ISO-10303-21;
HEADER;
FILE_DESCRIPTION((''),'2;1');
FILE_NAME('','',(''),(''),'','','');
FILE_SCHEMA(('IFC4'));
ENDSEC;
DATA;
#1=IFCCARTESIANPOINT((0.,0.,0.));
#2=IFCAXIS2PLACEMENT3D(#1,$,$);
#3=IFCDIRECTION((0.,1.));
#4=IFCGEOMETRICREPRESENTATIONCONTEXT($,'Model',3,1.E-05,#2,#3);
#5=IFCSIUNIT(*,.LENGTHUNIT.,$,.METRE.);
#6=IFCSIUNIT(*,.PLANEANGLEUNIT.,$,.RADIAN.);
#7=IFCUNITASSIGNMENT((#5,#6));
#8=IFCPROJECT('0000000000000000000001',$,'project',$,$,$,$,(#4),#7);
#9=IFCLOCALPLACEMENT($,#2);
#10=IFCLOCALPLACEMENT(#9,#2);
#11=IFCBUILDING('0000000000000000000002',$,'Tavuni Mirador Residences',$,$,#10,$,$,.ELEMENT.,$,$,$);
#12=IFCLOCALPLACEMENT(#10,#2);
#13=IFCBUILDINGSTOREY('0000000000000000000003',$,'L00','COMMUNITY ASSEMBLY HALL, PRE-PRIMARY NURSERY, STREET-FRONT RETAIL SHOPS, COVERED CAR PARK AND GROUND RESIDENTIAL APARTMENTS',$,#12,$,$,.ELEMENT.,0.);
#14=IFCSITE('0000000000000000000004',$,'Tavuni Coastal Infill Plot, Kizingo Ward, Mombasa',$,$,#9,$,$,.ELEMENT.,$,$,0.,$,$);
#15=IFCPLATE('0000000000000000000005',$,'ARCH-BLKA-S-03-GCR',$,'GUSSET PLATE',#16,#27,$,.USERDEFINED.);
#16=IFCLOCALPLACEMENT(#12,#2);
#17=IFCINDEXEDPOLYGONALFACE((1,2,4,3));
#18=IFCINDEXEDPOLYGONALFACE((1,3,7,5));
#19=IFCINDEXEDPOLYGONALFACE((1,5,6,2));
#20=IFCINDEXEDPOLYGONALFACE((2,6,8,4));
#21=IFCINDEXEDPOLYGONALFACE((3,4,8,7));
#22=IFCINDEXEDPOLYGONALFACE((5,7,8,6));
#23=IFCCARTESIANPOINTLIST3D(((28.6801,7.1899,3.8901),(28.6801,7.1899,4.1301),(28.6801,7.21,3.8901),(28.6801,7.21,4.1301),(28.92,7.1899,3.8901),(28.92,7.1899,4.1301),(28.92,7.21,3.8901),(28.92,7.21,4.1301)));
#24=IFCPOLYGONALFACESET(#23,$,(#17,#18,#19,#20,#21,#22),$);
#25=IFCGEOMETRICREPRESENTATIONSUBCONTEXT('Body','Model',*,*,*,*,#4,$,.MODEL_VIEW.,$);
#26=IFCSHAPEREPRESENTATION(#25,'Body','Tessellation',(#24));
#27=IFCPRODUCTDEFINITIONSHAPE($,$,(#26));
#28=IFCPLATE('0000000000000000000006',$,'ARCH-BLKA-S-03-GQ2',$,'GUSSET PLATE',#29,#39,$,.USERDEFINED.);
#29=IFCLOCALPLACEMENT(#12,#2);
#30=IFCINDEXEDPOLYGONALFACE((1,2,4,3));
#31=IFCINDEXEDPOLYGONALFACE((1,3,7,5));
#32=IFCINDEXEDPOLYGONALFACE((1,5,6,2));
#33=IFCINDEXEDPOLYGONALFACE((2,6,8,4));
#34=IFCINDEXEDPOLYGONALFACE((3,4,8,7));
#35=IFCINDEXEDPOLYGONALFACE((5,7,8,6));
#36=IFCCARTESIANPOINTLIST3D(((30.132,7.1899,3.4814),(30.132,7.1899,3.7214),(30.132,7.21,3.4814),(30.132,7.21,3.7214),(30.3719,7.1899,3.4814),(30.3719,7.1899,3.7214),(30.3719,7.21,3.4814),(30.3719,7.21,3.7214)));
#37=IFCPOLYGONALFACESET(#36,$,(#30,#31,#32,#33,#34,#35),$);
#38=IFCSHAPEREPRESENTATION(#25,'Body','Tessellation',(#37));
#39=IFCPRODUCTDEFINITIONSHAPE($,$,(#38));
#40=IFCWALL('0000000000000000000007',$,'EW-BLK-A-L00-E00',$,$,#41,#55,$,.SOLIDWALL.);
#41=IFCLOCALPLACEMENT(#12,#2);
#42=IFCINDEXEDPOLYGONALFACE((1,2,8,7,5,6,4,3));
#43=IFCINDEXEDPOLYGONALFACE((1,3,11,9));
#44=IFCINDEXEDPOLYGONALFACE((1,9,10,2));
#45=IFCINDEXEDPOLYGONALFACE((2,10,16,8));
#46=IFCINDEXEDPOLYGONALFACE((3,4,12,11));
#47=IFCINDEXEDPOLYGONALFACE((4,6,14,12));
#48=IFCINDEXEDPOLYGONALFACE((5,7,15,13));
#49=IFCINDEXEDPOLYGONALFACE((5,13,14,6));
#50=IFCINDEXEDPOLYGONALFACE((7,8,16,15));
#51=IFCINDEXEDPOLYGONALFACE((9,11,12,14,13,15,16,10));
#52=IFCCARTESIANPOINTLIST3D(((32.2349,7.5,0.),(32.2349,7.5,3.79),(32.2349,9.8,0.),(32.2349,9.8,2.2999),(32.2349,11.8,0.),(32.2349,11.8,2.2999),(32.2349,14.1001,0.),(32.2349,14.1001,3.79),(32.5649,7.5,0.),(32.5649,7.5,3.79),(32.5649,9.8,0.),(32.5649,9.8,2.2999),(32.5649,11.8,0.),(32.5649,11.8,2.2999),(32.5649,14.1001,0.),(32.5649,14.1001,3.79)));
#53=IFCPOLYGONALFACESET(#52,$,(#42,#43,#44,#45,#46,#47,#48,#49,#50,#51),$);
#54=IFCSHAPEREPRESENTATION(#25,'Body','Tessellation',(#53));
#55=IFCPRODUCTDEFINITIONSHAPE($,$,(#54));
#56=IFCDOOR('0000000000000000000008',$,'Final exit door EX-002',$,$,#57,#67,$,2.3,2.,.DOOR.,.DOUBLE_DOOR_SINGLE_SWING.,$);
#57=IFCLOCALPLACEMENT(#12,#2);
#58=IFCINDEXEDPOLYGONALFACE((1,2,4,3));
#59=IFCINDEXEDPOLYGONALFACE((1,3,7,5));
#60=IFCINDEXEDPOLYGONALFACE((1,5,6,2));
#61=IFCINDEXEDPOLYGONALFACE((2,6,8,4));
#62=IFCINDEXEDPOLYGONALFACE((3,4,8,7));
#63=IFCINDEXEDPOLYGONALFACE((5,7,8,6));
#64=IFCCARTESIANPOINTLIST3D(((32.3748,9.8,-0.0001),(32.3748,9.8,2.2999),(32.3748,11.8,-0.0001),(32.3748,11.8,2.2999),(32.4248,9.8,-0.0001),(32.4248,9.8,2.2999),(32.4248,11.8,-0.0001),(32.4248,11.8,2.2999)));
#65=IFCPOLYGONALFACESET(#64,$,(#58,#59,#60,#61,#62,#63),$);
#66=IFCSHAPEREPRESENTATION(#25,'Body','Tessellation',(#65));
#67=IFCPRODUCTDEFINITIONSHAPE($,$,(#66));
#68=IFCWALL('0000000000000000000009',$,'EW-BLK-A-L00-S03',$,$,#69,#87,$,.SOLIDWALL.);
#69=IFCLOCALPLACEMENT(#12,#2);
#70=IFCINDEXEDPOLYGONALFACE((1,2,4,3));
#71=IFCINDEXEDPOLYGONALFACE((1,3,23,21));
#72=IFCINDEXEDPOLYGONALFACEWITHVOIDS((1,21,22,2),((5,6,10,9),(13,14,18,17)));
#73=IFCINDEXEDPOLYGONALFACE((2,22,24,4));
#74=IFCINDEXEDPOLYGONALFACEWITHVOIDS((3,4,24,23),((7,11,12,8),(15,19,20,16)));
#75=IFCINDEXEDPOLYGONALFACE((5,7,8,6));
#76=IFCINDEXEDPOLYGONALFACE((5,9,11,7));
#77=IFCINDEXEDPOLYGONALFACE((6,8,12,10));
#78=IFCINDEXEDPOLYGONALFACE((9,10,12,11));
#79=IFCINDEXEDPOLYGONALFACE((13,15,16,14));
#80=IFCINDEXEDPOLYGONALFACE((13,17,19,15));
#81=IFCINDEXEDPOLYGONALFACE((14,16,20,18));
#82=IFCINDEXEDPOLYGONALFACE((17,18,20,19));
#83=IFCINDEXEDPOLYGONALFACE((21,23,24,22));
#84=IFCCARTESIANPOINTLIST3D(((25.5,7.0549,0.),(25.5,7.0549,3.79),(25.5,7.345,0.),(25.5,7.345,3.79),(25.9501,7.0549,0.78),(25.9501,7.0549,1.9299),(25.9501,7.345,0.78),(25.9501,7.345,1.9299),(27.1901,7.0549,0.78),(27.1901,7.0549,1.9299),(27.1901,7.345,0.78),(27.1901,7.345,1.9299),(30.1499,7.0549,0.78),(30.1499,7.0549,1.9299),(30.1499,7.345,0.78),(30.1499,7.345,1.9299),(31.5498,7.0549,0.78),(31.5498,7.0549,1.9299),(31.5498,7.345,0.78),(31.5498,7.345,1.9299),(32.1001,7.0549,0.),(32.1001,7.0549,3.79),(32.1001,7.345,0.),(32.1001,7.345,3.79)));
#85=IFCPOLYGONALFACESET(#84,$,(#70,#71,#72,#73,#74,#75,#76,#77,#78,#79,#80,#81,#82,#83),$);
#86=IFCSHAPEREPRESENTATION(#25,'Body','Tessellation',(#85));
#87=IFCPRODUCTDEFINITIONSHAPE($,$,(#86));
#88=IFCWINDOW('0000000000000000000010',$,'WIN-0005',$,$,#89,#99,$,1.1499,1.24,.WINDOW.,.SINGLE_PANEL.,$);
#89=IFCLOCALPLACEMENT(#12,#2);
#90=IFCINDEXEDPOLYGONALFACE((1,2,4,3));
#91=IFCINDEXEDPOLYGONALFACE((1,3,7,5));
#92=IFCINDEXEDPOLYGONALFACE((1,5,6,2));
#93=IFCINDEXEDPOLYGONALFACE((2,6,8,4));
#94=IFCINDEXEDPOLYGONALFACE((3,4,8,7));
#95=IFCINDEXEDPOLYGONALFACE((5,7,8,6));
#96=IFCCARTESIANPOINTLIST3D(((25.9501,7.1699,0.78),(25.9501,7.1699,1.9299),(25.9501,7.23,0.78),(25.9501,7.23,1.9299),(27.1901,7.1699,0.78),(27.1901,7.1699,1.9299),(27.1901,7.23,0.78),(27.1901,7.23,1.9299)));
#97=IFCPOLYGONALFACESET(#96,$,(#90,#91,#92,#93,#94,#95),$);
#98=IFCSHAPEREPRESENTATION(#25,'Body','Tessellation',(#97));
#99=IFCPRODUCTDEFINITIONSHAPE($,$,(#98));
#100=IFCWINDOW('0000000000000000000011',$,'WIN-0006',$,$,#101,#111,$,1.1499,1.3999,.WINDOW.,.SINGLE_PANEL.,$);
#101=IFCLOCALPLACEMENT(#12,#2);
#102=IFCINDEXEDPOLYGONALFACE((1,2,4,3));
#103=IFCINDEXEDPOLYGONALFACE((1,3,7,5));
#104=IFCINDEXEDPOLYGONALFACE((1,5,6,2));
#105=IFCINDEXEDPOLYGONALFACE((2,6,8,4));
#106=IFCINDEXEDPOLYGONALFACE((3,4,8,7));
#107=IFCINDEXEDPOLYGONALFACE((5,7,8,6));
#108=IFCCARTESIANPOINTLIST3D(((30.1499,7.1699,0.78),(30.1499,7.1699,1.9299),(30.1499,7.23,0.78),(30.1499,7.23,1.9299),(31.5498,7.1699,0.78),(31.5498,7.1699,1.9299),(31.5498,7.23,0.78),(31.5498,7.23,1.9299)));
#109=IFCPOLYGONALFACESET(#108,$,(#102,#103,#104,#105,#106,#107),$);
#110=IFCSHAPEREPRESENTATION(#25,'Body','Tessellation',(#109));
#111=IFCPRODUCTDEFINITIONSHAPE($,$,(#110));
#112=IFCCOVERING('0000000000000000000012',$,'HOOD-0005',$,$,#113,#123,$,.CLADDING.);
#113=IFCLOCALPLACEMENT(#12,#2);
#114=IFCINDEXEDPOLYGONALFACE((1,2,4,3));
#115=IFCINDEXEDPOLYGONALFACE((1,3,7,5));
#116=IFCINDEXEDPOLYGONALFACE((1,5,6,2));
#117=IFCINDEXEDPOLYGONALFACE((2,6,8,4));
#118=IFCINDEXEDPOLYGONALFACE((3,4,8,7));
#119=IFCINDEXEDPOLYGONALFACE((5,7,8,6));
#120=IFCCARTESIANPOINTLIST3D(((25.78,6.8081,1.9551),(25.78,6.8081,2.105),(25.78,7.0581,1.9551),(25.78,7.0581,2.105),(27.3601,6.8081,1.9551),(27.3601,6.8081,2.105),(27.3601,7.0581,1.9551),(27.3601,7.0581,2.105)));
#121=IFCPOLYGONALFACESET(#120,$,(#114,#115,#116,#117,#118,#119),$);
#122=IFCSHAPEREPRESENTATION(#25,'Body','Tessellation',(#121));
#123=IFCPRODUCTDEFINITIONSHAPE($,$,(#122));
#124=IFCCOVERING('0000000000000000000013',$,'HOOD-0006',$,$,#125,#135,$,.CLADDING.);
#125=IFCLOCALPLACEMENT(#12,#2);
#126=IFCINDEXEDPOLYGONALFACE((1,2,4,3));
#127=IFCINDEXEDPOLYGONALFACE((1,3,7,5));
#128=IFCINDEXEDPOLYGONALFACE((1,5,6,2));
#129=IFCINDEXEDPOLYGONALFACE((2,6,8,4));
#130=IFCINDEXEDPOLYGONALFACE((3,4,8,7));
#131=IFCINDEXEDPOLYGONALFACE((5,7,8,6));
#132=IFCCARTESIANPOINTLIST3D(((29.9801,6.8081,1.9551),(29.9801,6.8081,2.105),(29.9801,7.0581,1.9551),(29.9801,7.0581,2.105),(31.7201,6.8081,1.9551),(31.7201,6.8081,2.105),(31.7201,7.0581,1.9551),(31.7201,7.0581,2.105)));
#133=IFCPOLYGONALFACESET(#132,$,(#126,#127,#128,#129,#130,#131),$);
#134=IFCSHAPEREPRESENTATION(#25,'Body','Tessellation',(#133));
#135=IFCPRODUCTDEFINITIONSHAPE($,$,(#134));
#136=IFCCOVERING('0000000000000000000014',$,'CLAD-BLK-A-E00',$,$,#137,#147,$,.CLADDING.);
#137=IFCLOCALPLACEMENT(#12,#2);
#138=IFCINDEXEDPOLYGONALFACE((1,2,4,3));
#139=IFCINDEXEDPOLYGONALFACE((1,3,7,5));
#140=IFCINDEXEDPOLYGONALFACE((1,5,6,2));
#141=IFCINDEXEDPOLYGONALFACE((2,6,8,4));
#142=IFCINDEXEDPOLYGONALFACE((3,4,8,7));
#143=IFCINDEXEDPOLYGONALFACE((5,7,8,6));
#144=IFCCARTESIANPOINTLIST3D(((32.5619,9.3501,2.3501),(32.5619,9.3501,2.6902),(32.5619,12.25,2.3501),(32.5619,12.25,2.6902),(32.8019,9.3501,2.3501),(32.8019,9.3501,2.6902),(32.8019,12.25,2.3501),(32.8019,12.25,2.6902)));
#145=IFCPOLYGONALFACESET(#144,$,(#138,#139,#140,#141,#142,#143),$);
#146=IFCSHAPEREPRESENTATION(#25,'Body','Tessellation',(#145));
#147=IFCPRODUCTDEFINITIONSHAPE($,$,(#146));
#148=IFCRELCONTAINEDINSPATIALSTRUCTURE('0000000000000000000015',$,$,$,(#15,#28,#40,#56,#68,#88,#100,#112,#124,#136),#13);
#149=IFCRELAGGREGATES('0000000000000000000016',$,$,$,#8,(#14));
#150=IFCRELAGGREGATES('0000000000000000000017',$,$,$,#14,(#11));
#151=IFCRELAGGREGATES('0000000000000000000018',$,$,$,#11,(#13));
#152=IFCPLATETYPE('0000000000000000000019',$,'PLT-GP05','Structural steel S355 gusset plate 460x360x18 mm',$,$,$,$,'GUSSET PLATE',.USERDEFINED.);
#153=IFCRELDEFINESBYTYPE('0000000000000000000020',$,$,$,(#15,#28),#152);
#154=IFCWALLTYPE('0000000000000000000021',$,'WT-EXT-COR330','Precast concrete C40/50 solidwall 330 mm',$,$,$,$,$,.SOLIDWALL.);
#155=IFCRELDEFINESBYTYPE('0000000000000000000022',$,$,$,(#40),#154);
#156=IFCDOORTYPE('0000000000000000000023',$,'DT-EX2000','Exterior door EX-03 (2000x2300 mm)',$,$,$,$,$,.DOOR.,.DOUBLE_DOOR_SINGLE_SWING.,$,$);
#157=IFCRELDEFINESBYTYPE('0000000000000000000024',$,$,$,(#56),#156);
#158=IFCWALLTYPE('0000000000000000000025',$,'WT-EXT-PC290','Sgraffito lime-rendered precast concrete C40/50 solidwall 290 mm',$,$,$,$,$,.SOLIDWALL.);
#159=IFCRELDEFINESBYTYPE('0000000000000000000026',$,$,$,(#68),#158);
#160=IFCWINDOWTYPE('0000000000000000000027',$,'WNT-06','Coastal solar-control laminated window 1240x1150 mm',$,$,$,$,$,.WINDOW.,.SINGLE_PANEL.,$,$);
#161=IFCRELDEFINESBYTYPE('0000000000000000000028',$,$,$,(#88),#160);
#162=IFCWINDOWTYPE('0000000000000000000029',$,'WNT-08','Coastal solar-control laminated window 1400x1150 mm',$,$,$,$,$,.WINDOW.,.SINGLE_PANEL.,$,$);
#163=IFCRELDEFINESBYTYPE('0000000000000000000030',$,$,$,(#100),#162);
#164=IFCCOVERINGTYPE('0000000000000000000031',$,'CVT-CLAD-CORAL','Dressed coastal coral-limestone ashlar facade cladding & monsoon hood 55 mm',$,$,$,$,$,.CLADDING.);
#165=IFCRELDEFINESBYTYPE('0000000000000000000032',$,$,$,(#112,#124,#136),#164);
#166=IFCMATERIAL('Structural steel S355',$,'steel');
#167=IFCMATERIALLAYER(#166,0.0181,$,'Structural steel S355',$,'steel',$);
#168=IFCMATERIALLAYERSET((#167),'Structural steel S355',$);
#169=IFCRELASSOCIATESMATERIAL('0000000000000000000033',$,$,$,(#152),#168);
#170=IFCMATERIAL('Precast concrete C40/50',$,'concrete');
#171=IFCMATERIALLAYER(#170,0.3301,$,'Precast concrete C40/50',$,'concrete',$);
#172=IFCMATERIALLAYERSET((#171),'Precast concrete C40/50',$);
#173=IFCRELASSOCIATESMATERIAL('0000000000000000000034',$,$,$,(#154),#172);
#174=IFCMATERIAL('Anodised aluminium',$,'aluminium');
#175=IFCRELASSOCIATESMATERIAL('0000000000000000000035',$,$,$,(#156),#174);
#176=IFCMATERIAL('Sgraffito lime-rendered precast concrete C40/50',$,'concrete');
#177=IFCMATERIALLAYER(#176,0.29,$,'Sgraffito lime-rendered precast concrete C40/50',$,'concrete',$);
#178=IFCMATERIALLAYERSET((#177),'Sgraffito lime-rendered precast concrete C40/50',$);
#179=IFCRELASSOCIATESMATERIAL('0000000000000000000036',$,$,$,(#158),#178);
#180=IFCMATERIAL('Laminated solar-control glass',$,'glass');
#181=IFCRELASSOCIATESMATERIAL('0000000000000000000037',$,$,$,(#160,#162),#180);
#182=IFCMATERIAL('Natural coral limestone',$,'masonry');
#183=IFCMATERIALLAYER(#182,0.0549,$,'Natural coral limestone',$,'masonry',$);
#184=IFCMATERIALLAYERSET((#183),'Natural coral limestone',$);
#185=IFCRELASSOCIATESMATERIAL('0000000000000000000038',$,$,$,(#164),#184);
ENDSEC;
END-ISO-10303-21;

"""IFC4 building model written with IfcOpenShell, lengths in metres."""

from ifc_helpers import new_model, si_unit, direction, frame, frame_2d, origin, origin_2d, place, context, subcontext, project, spatial, rectangle, extrude, material, layer, layer_set, type_object, element, fill, save


model = new_model("IFC4")

# Units and contexts
model_context = context("Model", 3, precision=1e-05, world=origin(), true_north=direction((0.0, 1.0)))
body_context = subcontext(model_context, "Body", "Model", "MODEL_VIEW")
ifc_project = project(units=[si_unit("LENGTHUNIT", "METRE"), si_unit("PLANEANGLEUNIT", "RADIAN")], contexts=[model_context])

# Site, building, storey
site_placement = place(None, origin())
site = spatial("IfcSite", under=ifc_project, at=site_placement, Name="Tavuni Coastal Infill Plot, Kizingo Ward, Mombasa", CompositionType="ELEMENT", RefElevation=0.0)
building_placement = place(site_placement, origin())
building = spatial("IfcBuilding", under=site, at=building_placement, Name="Tavuni Mirador Residences", CompositionType="ELEMENT")
storey_placement = place(building_placement, origin())
storey = spatial("IfcBuildingStorey", under=building, at=storey_placement, Name="L00", Description="COMMUNITY ASSEMBLY HALL, PRE-PRIMARY NURSERY, STREET-FRONT RETAIL SHOPS, COVERED CAR PARK AND GROUND RESIDENTIAL APARTMENTS", CompositionType="ELEMENT", Elevation=0.0)

# Shared definitions
ifc_material_1 = material(Name="Precast concrete C40/50", Category="concrete")

# Shared definitions
ifc_material_2 = material(Name="Structural steel S355", Category="steel")

# Plates
ifc_layer_1 = layer(ifc_material_2, 0.0181, Name="Structural steel S355", Category="steel")
ifc_layer_set_1 = layer_set([ifc_layer_1], Name="Structural steel S355")
plate_type = type_object("IfcPlateType", Name="PLT-GP05", Description="Structural steel S355 gusset plate 460x360x18 mm", ElementType="GUSSET PLATE", PredefinedType="USERDEFINED", material=ifc_layer_set_1)
for number, where, z_axis, x_axis, name in (
    (1, (28.8, 7.2, 3.8901), (0.0, 0.0, 1.0), (1.0, 0.0, 0.0), "ARCH-BLKA-S-03-GCR"),
    (2, (30.252, 7.2, 3.4814), (0.0, 0.0, 1.0), (1.0, 0.0, 0.0), "ARCH-BLKA-S-03-GQ2"),
):
    element("IfcPlate", number, at=place(storey_placement, frame(where, z_axis=z_axis, x_axis=x_axis)), inside=storey, type_object=plate_type, Name=name, ObjectType="GUSSET PLATE", PredefinedType="USERDEFINED", context=body_context, shape_type="SweptSolid", body=[
        extrude(rectangle(XDim=0.24, YDim=0.02, at=origin_2d()), origin(), (0.0, 0.0, 1.0), 0.24),
    ])

# Wall, opening, door
ifc_layer_2 = layer(ifc_material_1, 0.3301, Name="Precast concrete C40/50", Category="concrete")
ifc_layer_set_2 = layer_set([ifc_layer_2], Name="Precast concrete C40/50")
wall_type_1 = type_object("IfcWallType", Name="WT-EXT-COR330", Description="Precast concrete C40/50 solidwall 330 mm", PredefinedType="SOLIDWALL", material=ifc_layer_set_2)
wall_1_placement = place(storey_placement, frame((32.3999, 7.5, 0.0), z_axis=(0.0, 0.0, 1.0), x_axis=(0.0, 1.0, 0.0)))
wall_1 = element("IfcWall", 3, at=wall_1_placement, inside=storey, type_object=wall_type_1, Name="EW-BLK-A-L00-E00", PredefinedType="SOLIDWALL", context=body_context, shape_type="SweptSolid", body=[
    extrude(rectangle(XDim=6.6001, YDim=0.3301, at=frame_2d((3.3, 0.0))), origin(), (0.0, 0.0, 1.0), 3.79),
])
opening_1_placement = place(wall_1_placement, frame((2.3, 0.0, 0.0)))
opening_1 = element("IfcOpeningElement", 4, at=opening_1_placement, cuts=wall_1, PredefinedType="OPENING", context=body_context, shape_type="SweptSolid", body=[
    extrude(rectangle(XDim=2.0, YDim=2.3, at=frame_2d((1.0, 1.1499))), frame((0.0, 0.175, 0.0), z_axis=(0.0, -1.0, 0.0), x_axis=(1.0, 0.0, 0.0)), (0.0, 0.0, 1.0), 0.3501),
])
ifc_material_3 = material(Name="Anodised aluminium", Category="aluminium")
door_type = type_object("IfcDoorType", Name="DT-EX2000", Description="Exterior door EX-03 (2000x2300 mm)", OperationType="DOUBLE_DOOR_SINGLE_SWING", PredefinedType="DOOR", material=ifc_material_3)
door_placement = place(opening_1_placement, frame((2.0, 0.0, 0.0), z_axis=(0.0, 0.0, 1.0), x_axis=(-1.0, 0.0, 0.0)))
door = element("IfcDoor", 5, at=door_placement, inside=storey, type_object=door_type, Name="Final exit door EX-002", OperationType="DOUBLE_DOOR_SINGLE_SWING", OverallHeight=2.3, OverallWidth=2.0, PredefinedType="DOOR", context=body_context, shape_type="SweptSolid", body=[
    extrude(rectangle(XDim=2.0, YDim=2.3, at=frame_2d((1.0, 1.1499))), frame((0.0, 0.0249, 0.0), z_axis=(0.0, -1.0, 0.0), x_axis=(1.0, 0.0, 0.0)), (0.0, 0.0, 1.0), 0.05),
])
fill(opening_1, door)

# Wall, openings, windows
ifc_material_4 = material(Name="Sgraffito lime-rendered precast concrete C40/50", Category="concrete")
ifc_layer_3 = layer(ifc_material_4, 0.29, Name="Sgraffito lime-rendered precast concrete C40/50", Category="concrete")
ifc_layer_set_3 = layer_set([ifc_layer_3], Name="Sgraffito lime-rendered precast concrete C40/50")
wall_type_2 = type_object("IfcWallType", Name="WT-EXT-PC290", Description="Sgraffito lime-rendered precast concrete C40/50 solidwall 290 mm", PredefinedType="SOLIDWALL", material=ifc_layer_set_3)
wall_2_placement = place(storey_placement, frame((25.5, 7.2, 0.0), z_axis=(0.0, 0.0, 1.0), x_axis=(1.0, 0.0, 0.0)))
wall_2 = element("IfcWall", 6, at=wall_2_placement, inside=storey, type_object=wall_type_2, Name="EW-BLK-A-L00-S03", PredefinedType="SOLIDWALL", context=body_context, shape_type="SweptSolid", body=[
    extrude(rectangle(XDim=6.6001, YDim=0.29, at=frame_2d((3.3, 0.0))), origin(), (0.0, 0.0, 1.0), 3.79),
])
opening_2_placement = place(wall_2_placement, frame((0.45, 0.0, 0.78)))
opening_2 = element("IfcOpeningElement", 7, at=opening_2_placement, cuts=wall_2, PredefinedType="OPENING", context=body_context, shape_type="SweptSolid", body=[
    extrude(rectangle(XDim=1.24, YDim=1.1499, at=frame_2d((0.6201, 0.575))), frame((0.0, 0.155, 0.0), z_axis=(0.0, -1.0, 0.0), x_axis=(1.0, 0.0, 0.0)), (0.0, 0.0, 1.0), 0.3101),
])
opening_3_placement = place(wall_2_placement, frame((4.6499, 0.0, 0.78)))
opening_3 = element("IfcOpeningElement", 8, at=opening_3_placement, cuts=wall_2, PredefinedType="OPENING", context=body_context, shape_type="SweptSolid", body=[
    extrude(rectangle(XDim=1.3999, YDim=1.1499, at=frame_2d((0.7, 0.575))), frame((0.0, 0.155, 0.0), z_axis=(0.0, -1.0, 0.0), x_axis=(1.0, 0.0, 0.0)), (0.0, 0.0, 1.0), 0.3101),
])
ifc_material_5 = material(Name="Laminated solar-control glass", Category="glass")
window_type_1 = type_object("IfcWindowType", Name="WNT-06", Description="Coastal solar-control laminated window 1240x1150 mm", PartitioningType="SINGLE_PANEL", PredefinedType="WINDOW", material=ifc_material_5)
window_1_placement = place(opening_2_placement, origin())
window_1 = element("IfcWindow", 9, at=window_1_placement, inside=storey, type_object=window_type_1, Name="WIN-0005", OverallHeight=1.1499, OverallWidth=1.24, PartitioningType="SINGLE_PANEL", PredefinedType="WINDOW", context=body_context, shape_type="SweptSolid", body=[
    extrude(rectangle(XDim=1.24, YDim=1.1499, at=frame_2d((0.6201, 0.575))), frame((0.0, 0.03, 0.0), z_axis=(0.0, -1.0, 0.0), x_axis=(1.0, 0.0, 0.0)), (0.0, 0.0, 1.0), 0.0601),
])
fill(opening_2, window_1)
window_type_2 = type_object("IfcWindowType", Name="WNT-08", Description="Coastal solar-control laminated window 1400x1150 mm", PartitioningType="SINGLE_PANEL", PredefinedType="WINDOW", material=ifc_material_5)
window_2_placement = place(opening_3_placement, origin())
window_2 = element("IfcWindow", 10, at=window_2_placement, inside=storey, type_object=window_type_2, Name="WIN-0006", OverallHeight=1.1499, OverallWidth=1.3999, PartitioningType="SINGLE_PANEL", PredefinedType="WINDOW", context=body_context, shape_type="SweptSolid", body=[
    extrude(rectangle(XDim=1.3999, YDim=1.1499, at=frame_2d((0.7, 0.575))), frame((0.0, 0.03, 0.0), z_axis=(0.0, -1.0, 0.0), x_axis=(1.0, 0.0, 0.0)), (0.0, 0.0, 1.0), 0.0601),
])
fill(opening_3, window_2)

# Coverings
ifc_material_6 = material(Name="Natural coral limestone", Category="masonry")
ifc_layer_4 = layer(ifc_material_6, 0.0549, Name="Natural coral limestone", Category="masonry")
ifc_layer_set_4 = layer_set([ifc_layer_4], Name="Natural coral limestone")
covering_type = type_object("IfcCoveringType", Name="CVT-CLAD-CORAL", Description="Dressed coastal coral-limestone ashlar facade cladding & monsoon hood 55 mm", PredefinedType="CLADDING", material=ifc_layer_set_4)
covering_1_placement = place(storey_placement, frame((26.5701, 6.9331, 1.9551), z_axis=(0.0, 0.0, 1.0), x_axis=(1.0, 0.0, 0.0)))
element("IfcCovering", 11, at=covering_1_placement, inside=storey, type_object=covering_type, Name="HOOD-0005", PredefinedType="CLADDING", context=body_context, shape_type="SweptSolid", body=[
    extrude(rectangle(XDim=1.5801, YDim=0.25, at=origin_2d()), origin(), (0.0, 0.0, 1.0), 0.1499),
])
covering_2_placement = place(storey_placement, frame((30.8501, 6.9331, 1.9551), z_axis=(0.0, 0.0, 1.0), x_axis=(1.0, 0.0, 0.0)))
element("IfcCovering", 12, at=covering_2_placement, inside=storey, type_object=covering_type, Name="HOOD-0006", PredefinedType="CLADDING", context=body_context, shape_type="SweptSolid", body=[
    extrude(rectangle(XDim=1.74, YDim=0.25, at=origin_2d()), origin(), (0.0, 0.0, 1.0), 0.1499),
])
covering_3_placement = place(storey_placement, frame((32.6819, 10.8, 2.3501), z_axis=(0.0, 0.0, 1.0), x_axis=(0.0, 1.0, 0.0)))
element("IfcCovering", 13, at=covering_3_placement, inside=storey, type_object=covering_type, Name="CLAD-BLK-A-E00", PredefinedType="CLADDING", context=body_context, shape_type="SweptSolid", body=[
    extrude(rectangle(XDim=2.8999, YDim=0.24, at=origin_2d()), origin(), (0.0, 0.0, 1.0), 0.3401),
])

save(model, "model.ifc")
